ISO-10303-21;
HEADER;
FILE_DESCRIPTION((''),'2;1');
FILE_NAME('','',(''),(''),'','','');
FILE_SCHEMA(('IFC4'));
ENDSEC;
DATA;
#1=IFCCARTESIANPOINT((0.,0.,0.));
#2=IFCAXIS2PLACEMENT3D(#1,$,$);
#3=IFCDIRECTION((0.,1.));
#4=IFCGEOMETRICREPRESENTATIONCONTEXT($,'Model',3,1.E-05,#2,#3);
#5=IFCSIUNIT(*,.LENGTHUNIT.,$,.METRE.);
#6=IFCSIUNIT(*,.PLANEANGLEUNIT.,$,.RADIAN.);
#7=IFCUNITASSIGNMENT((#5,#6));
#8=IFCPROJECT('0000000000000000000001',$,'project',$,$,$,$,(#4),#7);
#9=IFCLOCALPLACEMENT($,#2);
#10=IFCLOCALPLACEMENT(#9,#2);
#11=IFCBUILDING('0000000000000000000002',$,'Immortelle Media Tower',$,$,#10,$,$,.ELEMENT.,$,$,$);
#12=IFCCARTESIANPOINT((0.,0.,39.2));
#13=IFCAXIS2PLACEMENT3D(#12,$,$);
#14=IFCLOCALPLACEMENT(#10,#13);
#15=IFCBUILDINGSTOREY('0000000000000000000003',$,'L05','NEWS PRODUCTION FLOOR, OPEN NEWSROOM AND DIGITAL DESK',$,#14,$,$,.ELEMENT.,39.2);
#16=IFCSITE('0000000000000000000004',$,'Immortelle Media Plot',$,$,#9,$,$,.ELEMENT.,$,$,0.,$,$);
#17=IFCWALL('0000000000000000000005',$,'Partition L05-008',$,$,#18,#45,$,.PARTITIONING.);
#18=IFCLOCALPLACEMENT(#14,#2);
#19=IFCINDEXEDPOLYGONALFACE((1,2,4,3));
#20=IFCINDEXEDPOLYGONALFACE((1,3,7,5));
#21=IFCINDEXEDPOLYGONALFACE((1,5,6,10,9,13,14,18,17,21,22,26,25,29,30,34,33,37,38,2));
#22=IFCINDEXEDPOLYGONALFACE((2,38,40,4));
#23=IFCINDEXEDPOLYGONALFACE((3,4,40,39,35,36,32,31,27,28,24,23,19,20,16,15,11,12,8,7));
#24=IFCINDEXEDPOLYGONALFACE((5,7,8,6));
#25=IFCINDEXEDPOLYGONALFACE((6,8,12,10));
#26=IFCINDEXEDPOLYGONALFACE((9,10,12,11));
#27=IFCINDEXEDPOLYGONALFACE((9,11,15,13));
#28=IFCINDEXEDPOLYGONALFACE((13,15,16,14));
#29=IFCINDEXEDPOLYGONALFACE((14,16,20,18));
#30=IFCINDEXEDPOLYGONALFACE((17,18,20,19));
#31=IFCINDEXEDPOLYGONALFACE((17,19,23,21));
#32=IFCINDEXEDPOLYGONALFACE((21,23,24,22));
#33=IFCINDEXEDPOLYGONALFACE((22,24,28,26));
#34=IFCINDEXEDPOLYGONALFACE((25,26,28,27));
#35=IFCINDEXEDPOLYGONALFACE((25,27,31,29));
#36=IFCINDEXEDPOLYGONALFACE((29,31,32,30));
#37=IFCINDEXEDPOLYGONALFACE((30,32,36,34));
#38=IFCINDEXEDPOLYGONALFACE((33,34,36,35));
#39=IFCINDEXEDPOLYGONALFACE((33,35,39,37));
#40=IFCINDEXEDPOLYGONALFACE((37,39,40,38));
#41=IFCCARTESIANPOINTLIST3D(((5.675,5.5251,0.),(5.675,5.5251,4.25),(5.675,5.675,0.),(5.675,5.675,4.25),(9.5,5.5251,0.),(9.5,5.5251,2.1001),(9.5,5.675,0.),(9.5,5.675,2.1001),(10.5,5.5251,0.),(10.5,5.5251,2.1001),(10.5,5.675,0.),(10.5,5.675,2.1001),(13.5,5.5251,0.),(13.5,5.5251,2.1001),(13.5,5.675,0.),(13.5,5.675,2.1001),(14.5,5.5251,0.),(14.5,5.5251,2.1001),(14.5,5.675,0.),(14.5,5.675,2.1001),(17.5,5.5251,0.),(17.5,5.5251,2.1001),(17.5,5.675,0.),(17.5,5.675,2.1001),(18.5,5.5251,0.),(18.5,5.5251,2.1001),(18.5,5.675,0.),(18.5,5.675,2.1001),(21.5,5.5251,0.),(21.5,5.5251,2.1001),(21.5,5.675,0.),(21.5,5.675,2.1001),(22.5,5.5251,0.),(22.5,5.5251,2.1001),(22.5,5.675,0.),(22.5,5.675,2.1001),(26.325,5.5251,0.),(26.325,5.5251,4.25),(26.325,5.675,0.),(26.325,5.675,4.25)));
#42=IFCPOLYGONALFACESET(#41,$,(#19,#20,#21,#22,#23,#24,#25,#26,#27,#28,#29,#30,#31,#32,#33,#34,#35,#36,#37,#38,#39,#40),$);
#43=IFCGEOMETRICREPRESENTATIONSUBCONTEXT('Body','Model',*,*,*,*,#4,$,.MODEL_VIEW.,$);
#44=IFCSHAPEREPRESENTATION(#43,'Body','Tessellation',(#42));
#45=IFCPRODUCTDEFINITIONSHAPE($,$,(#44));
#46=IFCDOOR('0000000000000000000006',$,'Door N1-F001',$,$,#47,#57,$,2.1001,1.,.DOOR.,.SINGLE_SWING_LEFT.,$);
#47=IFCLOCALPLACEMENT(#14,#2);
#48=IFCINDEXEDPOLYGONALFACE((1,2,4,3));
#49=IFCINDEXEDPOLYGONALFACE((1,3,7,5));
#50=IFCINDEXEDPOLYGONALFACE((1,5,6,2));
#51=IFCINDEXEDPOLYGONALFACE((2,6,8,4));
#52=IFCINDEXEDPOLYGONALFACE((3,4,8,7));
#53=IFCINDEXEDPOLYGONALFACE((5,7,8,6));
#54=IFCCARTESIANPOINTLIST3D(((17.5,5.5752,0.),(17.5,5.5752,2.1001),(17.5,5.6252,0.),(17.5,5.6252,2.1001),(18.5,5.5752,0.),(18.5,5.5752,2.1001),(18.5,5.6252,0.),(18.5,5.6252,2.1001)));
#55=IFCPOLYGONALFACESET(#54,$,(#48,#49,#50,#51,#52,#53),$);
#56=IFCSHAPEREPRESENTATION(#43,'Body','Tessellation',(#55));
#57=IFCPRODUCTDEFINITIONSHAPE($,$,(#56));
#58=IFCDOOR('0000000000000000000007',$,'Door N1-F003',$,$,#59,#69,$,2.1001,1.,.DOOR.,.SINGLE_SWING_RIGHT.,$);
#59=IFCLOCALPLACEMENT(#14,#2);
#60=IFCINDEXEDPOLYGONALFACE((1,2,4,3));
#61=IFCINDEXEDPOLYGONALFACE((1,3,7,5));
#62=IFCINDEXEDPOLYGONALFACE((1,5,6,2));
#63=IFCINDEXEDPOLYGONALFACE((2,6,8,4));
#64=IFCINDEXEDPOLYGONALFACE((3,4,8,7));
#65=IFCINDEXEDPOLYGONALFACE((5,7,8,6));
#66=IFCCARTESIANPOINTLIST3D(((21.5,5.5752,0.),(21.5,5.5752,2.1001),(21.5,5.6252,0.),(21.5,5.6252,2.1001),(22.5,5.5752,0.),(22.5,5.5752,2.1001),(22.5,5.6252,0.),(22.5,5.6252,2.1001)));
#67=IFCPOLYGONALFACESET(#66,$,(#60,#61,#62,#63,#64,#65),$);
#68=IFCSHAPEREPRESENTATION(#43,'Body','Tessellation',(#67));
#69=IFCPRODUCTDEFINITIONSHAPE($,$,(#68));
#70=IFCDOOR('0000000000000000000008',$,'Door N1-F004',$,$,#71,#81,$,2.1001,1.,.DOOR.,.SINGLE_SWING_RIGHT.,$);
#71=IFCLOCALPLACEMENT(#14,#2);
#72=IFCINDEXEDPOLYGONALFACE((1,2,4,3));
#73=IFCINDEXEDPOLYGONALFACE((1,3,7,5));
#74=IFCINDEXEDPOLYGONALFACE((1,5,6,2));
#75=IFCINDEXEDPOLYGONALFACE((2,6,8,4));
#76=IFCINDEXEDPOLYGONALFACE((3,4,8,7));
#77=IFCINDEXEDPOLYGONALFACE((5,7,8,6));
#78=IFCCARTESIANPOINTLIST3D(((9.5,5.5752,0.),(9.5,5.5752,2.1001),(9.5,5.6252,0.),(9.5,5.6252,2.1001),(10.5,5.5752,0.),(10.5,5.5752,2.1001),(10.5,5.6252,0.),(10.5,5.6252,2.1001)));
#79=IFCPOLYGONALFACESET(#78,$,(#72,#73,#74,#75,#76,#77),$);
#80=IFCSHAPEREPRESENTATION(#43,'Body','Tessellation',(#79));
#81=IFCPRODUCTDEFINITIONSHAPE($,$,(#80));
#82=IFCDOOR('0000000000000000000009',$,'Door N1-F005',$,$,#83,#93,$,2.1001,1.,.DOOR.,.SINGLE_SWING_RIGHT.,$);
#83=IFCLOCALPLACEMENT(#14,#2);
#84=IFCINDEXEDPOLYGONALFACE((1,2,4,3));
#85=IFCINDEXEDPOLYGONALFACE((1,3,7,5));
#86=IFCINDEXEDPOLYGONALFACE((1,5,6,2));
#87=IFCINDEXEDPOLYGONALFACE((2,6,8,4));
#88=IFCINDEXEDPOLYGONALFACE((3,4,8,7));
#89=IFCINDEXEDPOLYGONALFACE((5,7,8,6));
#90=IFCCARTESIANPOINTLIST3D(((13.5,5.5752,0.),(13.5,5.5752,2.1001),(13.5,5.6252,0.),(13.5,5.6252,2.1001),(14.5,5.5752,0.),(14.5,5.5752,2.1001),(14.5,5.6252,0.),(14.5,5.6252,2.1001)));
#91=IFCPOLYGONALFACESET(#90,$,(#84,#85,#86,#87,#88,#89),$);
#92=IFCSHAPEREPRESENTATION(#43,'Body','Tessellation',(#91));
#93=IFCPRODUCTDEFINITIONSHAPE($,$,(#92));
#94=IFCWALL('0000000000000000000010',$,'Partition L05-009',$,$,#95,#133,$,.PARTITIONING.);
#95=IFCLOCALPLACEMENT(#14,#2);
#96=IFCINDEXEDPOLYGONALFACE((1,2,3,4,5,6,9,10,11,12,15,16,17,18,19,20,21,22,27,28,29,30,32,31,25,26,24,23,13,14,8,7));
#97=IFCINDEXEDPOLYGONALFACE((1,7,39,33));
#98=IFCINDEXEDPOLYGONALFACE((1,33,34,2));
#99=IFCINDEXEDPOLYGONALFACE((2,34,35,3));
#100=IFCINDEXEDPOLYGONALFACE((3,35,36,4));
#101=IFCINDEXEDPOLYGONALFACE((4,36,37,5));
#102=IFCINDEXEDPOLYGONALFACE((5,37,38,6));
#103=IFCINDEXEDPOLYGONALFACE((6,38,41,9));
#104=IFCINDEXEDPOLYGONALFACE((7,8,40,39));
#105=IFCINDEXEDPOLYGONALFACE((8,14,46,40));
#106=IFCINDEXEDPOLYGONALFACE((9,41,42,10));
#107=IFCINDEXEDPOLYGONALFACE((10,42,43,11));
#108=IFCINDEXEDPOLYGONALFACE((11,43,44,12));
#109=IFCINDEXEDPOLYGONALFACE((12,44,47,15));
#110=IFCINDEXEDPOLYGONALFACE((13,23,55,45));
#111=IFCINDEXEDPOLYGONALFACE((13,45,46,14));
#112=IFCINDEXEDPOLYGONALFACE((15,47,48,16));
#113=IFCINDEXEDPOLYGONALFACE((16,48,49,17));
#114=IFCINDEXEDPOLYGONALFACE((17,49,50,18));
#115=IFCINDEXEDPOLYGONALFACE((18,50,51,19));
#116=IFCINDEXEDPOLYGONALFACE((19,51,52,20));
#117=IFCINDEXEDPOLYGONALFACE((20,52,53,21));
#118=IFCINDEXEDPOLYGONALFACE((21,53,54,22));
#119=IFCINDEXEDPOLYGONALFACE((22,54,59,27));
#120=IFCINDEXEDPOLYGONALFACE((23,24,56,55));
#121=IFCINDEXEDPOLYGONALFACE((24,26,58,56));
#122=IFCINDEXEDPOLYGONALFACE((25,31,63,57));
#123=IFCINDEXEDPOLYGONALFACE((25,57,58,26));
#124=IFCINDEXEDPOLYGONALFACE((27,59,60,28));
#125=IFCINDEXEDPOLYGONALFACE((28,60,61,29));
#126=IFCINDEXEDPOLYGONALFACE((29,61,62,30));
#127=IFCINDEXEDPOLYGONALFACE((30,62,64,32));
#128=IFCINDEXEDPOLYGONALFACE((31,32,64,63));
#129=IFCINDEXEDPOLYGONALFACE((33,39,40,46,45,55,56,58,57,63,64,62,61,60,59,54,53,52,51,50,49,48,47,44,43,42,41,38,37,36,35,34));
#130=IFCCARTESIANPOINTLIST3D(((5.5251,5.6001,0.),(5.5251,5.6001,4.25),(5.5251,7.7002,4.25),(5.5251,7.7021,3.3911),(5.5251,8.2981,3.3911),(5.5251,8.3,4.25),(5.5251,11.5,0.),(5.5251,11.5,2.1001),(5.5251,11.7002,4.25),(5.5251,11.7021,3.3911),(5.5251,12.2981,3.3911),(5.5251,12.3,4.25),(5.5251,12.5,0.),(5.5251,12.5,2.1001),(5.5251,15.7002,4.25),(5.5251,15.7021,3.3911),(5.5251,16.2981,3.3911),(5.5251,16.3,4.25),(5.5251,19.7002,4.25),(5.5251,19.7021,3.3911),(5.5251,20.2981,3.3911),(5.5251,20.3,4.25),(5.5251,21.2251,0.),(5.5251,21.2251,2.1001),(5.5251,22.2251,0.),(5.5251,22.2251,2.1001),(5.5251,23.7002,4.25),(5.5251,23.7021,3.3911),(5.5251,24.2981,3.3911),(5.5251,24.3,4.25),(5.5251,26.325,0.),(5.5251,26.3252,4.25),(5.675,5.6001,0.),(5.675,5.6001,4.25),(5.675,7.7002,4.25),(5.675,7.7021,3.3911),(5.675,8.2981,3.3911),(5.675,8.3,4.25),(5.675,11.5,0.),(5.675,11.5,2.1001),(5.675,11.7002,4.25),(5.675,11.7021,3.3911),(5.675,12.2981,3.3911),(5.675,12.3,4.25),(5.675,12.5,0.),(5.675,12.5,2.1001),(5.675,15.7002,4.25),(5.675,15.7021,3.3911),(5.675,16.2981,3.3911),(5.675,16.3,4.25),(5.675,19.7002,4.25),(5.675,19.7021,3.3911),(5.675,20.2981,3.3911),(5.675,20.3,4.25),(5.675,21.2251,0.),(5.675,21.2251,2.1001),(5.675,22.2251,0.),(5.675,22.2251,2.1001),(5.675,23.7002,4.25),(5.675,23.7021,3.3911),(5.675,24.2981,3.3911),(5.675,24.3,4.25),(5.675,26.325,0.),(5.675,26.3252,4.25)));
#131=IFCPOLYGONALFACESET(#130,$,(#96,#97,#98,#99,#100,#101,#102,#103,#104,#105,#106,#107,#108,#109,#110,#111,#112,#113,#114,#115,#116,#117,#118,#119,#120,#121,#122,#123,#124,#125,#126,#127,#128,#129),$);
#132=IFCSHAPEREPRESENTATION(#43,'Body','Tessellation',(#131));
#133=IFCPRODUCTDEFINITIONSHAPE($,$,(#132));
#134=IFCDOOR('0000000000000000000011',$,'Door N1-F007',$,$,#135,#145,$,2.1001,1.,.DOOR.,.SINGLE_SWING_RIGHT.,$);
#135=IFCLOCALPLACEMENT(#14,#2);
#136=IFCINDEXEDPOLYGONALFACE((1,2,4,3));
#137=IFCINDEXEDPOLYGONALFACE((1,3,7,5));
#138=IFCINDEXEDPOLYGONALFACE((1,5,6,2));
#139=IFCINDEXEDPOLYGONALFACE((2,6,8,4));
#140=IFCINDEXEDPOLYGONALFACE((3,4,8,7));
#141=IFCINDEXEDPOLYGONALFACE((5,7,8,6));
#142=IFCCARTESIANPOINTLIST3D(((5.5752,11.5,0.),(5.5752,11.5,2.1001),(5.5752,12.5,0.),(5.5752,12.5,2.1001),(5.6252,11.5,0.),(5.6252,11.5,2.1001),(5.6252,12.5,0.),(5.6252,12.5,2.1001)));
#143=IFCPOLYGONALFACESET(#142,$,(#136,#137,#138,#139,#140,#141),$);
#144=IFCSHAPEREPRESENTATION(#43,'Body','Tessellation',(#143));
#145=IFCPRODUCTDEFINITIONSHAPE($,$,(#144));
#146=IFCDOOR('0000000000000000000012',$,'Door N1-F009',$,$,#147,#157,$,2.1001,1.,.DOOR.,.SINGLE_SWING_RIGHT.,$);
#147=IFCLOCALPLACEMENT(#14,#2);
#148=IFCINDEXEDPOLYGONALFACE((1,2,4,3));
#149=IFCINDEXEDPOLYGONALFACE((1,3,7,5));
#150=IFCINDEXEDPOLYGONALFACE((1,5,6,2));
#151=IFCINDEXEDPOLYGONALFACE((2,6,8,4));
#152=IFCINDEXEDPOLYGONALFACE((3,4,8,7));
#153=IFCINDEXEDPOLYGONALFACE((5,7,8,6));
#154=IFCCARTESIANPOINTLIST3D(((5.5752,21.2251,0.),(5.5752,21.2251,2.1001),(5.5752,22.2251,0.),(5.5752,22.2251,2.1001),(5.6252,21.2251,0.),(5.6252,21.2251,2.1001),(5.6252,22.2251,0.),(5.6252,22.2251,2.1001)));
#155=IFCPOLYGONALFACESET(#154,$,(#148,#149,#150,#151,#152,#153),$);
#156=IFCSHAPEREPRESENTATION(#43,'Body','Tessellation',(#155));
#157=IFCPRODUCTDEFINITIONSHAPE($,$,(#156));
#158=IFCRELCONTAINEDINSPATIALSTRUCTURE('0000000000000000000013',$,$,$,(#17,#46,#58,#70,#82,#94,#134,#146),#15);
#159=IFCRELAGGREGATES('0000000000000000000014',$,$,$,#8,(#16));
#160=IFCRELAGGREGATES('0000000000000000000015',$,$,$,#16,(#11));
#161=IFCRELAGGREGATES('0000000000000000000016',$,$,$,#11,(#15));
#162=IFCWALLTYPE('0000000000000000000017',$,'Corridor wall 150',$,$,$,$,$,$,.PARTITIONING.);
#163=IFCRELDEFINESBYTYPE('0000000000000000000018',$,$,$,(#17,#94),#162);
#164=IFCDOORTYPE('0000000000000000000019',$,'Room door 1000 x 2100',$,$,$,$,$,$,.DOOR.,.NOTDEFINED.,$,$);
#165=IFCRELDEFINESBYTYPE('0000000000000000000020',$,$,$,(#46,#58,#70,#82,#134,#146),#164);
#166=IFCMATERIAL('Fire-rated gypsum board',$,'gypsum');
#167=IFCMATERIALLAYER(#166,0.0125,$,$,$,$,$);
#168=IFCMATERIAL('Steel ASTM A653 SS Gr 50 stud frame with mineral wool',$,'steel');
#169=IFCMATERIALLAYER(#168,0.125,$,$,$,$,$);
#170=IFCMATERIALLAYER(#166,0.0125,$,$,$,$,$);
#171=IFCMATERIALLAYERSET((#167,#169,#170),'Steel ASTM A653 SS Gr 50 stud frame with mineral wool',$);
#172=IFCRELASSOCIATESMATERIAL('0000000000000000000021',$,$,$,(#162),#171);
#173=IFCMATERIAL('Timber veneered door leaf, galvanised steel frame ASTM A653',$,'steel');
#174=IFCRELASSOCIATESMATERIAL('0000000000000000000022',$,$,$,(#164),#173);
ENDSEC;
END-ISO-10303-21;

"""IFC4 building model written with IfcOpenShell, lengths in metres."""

from ifc_helpers import new_model, si_unit, direction, frame, frame_2d, origin, place, context, subcontext, project, spatial, polyline, rectangle, outline, extrude, material, layer, layer_set, type_object, element, fill, save


model = new_model("IFC4")

# Units and contexts
model_context = context("Model", 3, precision=1e-05, world=origin(), true_north=direction((0.0, 1.0)))
body_context = subcontext(model_context, "Body", "Model", "MODEL_VIEW")
ifc_project = project(units=[si_unit("LENGTHUNIT", "METRE"), si_unit("PLANEANGLEUNIT", "RADIAN")], contexts=[model_context])

# Site, building, storey
site_placement = place(None, origin())
site = spatial("IfcSite", under=ifc_project, at=site_placement, Name="Immortelle Media Plot", CompositionType="ELEMENT", RefElevation=0.0)
building_placement = place(site_placement, origin())
building = spatial("IfcBuilding", under=site, at=building_placement, Name="Immortelle Media Tower", CompositionType="ELEMENT")
storey_placement = place(building_placement, frame((0.0, 0.0, 39.2)))
storey = spatial("IfcBuildingStorey", under=building, at=storey_placement, Name="L05", Description="NEWS PRODUCTION FLOOR, OPEN NEWSROOM AND DIGITAL DESK", CompositionType="ELEMENT", Elevation=39.2)

# Walls, openings, doors
ifc_material_1 = material(Name="Fire-rated gypsum board", Category="gypsum")
ifc_layer_1 = layer(ifc_material_1, 0.0125)
ifc_material_2 = material(Name="Steel ASTM A653 SS Gr 50 stud frame with mineral wool", Category="steel")
ifc_layer_2 = layer(ifc_material_2, 0.125)
ifc_layer_3 = layer(ifc_material_1, 0.0125)
ifc_layer_set_1 = layer_set([ifc_layer_1, ifc_layer_2, ifc_layer_3], Name="Steel ASTM A653 SS Gr 50 stud frame with mineral wool")
wall_type_1 = type_object("IfcWallType", Name="Corridor wall 150", PredefinedType="PARTITIONING", material=ifc_layer_set_1)
wall_1_placement = place(storey_placement, frame((5.675, 5.6001, 0.0), z_axis=(0.0, 0.0, 1.0), x_axis=(1.0, 0.0, 0.0)))
wall_1 = element("IfcWall", 1, at=wall_1_placement, inside=storey, type_object=wall_type_1, Name="Partition L05-008", PredefinedType="PARTITIONING", context=body_context, shape_type="SweptSolid", body=[
    extrude(rectangle(XDim=20.6499, YDim=0.1499, at=frame_2d((10.325, 0.0))), origin(), (0.0, 0.0, 1.0), 4.25),
])
opening_1_placement = place(wall_1_placement, frame((12.825, 0.0, 0.0), z_axis=(0.0, 0.0, 1.0), x_axis=(-1.0, 0.0, 0.0)))
opening_1 = element("IfcOpeningElement", 2, at=opening_1_placement, cuts=wall_1, PredefinedType="OPENING", context=body_context, shape_type="SweptSolid", body=[
    extrude(rectangle(XDim=1.0, YDim=2.1001, at=frame_2d((0.5, 1.05))), frame((0.0, 0.085, 0.0), z_axis=(0.0, -1.0, 0.0), x_axis=(1.0, 0.0, 0.0)), (0.0, 0.0, 1.0), 0.1699),
])
opening_2_placement = place(wall_1_placement, frame((16.825, 0.0, 0.0), z_axis=(0.0, 0.0, 1.0), x_axis=(-1.0, 0.0, 0.0)))
opening_2 = element("IfcOpeningElement", 3, at=opening_2_placement, cuts=wall_1, PredefinedType="OPENING", context=body_context, shape_type="SweptSolid", body=[
    extrude(rectangle(XDim=1.0, YDim=2.1001, at=frame_2d((0.5, 1.05))), frame((0.0, 0.085, 0.0), z_axis=(0.0, -1.0, 0.0), x_axis=(1.0, 0.0, 0.0)), (0.0, 0.0, 1.0), 0.1699),
])
opening_3_placement = place(wall_1_placement, frame((4.825, 0.0, 0.0), z_axis=(0.0, 0.0, 1.0), x_axis=(-1.0, 0.0, 0.0)))
opening_3 = element("IfcOpeningElement", 4, at=opening_3_placement, cuts=wall_1, PredefinedType="OPENING", context=body_context, shape_type="SweptSolid", body=[
    extrude(rectangle(XDim=1.0, YDim=2.1001, at=frame_2d((0.5, 1.05))), frame((0.0, 0.085, 0.0), z_axis=(0.0, -1.0, 0.0), x_axis=(1.0, 0.0, 0.0)), (0.0, 0.0, 1.0), 0.1699),
])
opening_4_placement = place(wall_1_placement, frame((8.825, 0.0, 0.0), z_axis=(0.0, 0.0, 1.0), x_axis=(-1.0, 0.0, 0.0)))
opening_4 = element("IfcOpeningElement", 5, at=opening_4_placement, cuts=wall_1, PredefinedType="OPENING", context=body_context, shape_type="SweptSolid", body=[
    extrude(rectangle(XDim=1.0, YDim=2.1001, at=frame_2d((0.5, 1.05))), frame((0.0, 0.085, 0.0), z_axis=(0.0, -1.0, 0.0), x_axis=(1.0, 0.0, 0.0)), (0.0, 0.0, 1.0), 0.1699),
])
ifc_material_3 = material(Name="Timber veneered door leaf, galvanised steel frame ASTM A653", Category="steel")
door_type_1 = type_object("IfcDoorType", Name="Room door 1000 x 2100", OperationType="NOTDEFINED", PredefinedType="DOOR", material=ifc_material_3)
door_1_placement = place(opening_1_placement, origin())
door_1 = element("IfcDoor", 6, at=door_1_placement, inside=storey, type_object=door_type_1, Name="Door N1-F001", OperationType="SINGLE_SWING_LEFT", OverallHeight=2.1001, OverallWidth=1.0, PredefinedType="DOOR", context=body_context, shape_type="SweptSolid", body=[
    extrude(rectangle(XDim=1.0, YDim=2.1001, at=frame_2d((0.5, 1.05))), frame((0.0, 0.0249, 0.0), z_axis=(0.0, -1.0, 0.0), x_axis=(1.0, 0.0, 0.0)), (0.0, 0.0, 1.0), 0.05),
])
fill(opening_1, door_1)
door_2_placement = place(opening_2_placement, origin())
door_2 = element("IfcDoor", 7, at=door_2_placement, inside=storey, type_object=door_type_1, Name="Door N1-F003", OperationType="SINGLE_SWING_RIGHT", OverallHeight=2.1001, OverallWidth=1.0, PredefinedType="DOOR", context=body_context, shape_type="SweptSolid", body=[
    extrude(rectangle(XDim=1.0, YDim=2.1001, at=frame_2d((0.5, 1.05))), frame((0.0, 0.0249, 0.0), z_axis=(0.0, -1.0, 0.0), x_axis=(1.0, 0.0, 0.0)), (0.0, 0.0, 1.0), 0.05),
])
fill(opening_2, door_2)
door_3_placement = place(opening_3_placement, origin())
door_3 = element("IfcDoor", 8, at=door_3_placement, inside=storey, type_object=door_type_1, Name="Door N1-F004", OperationType="SINGLE_SWING_RIGHT", OverallHeight=2.1001, OverallWidth=1.0, PredefinedType="DOOR", context=body_context, shape_type="SweptSolid", body=[
    extrude(rectangle(XDim=1.0, YDim=2.1001, at=frame_2d((0.5, 1.05))), frame((0.0, 0.0249, 0.0), z_axis=(0.0, -1.0, 0.0), x_axis=(1.0, 0.0, 0.0)), (0.0, 0.0, 1.0), 0.05),
])
fill(opening_3, door_3)
door_4_placement = place(opening_4_placement, origin())
door_4 = element("IfcDoor", 9, at=door_4_placement, inside=storey, type_object=door_type_1, Name="Door N1-F005", OperationType="SINGLE_SWING_RIGHT", OverallHeight=2.1001, OverallWidth=1.0, PredefinedType="DOOR", context=body_context, shape_type="SweptSolid", body=[
    extrude(rectangle(XDim=1.0, YDim=2.1001, at=frame_2d((0.5, 1.05))), frame((0.0, 0.0249, 0.0), z_axis=(0.0, -1.0, 0.0), x_axis=(1.0, 0.0, 0.0)), (0.0, 0.0, 1.0), 0.05),
])
fill(opening_4, door_4)
wall_2_placement = place(storey_placement, frame((5.6001, 5.6001, 0.0), z_axis=(0.0, 0.0, 1.0), x_axis=(0.0, 1.0, 0.0)))
wall_2 = element("IfcWall", 10, at=wall_2_placement, inside=storey, type_object=wall_type_1, Name="Partition L05-009", PredefinedType="PARTITIONING", context=body_context, shape_type="SweptSolid", body=[
    extrude(outline(polyline([(0.0, 0.0), (20.7249, 0.0), (20.7251, 4.25), (18.7, 4.25), (18.698, 3.3911), (18.1021, 3.3911), (18.1001, 4.25), (14.7, 4.25), (14.698, 3.3911), (14.1021, 3.3911), (14.1001, 4.25), (10.7, 4.25), (10.698, 3.3911), (10.1021, 3.3911), (10.1001, 4.25), (6.7, 4.25), (6.698, 3.3911), (6.1021, 3.3911), (6.1001, 4.25), (2.7, 4.25), (2.698, 3.3911), (2.1021, 3.3911), (2.1001, 4.25), (0.0, 4.25), (0.0, 0.0)])), frame((0.0, 0.075, 0.0), z_axis=(0.0, -1.0, 0.0), x_axis=(1.0, 0.0, 0.0)), (0.0, 0.0, 1.0), 0.1499),
])
opening_5_placement = place(wall_2_placement, frame((5.8999, 0.0, 0.0)))
opening_5 = element("IfcOpeningElement", 11, at=opening_5_placement, cuts=wall_2, PredefinedType="OPENING", context=body_context, shape_type="SweptSolid", body=[
    extrude(rectangle(XDim=1.0, YDim=2.1001, at=frame_2d((0.5, 1.05))), frame((0.0, 0.085, 0.0), z_axis=(0.0, -1.0, 0.0), x_axis=(1.0, 0.0, 0.0)), (0.0, 0.0, 1.0), 0.1699),
])
opening_6_placement = place(wall_2_placement, frame((15.625, 0.0, 0.0)))
opening_6 = element("IfcOpeningElement", 12, at=opening_6_placement, cuts=wall_2, PredefinedType="OPENING", context=body_context, shape_type="SweptSolid", body=[
    extrude(rectangle(XDim=1.0, YDim=2.1001, at=frame_2d((0.5, 1.05))), frame((0.0, 0.085, 0.0), z_axis=(0.0, -1.0, 0.0), x_axis=(1.0, 0.0, 0.0)), (0.0, 0.0, 1.0), 0.1699),
])
door_5_placement = place(opening_5_placement, origin())
door_5 = element("IfcDoor", 13, at=door_5_placement, inside=storey, type_object=door_type_1, Name="Door N1-F007", OperationType="SINGLE_SWING_RIGHT", OverallHeight=2.1001, OverallWidth=1.0, PredefinedType="DOOR", context=body_context, shape_type="SweptSolid", body=[
    extrude(rectangle(XDim=1.0, YDim=2.1001, at=frame_2d((0.5, 1.05))), frame((0.0, 0.0249, 0.0), z_axis=(0.0, -1.0, 0.0), x_axis=(1.0, 0.0, 0.0)), (0.0, 0.0, 1.0), 0.05),
])
fill(opening_5, door_5)
door_6_placement = place(opening_6_placement, origin())
door_6 = element("IfcDoor", 14, at=door_6_placement, inside=storey, type_object=door_type_1, Name="Door N1-F009", OperationType="SINGLE_SWING_RIGHT", OverallHeight=2.1001, OverallWidth=1.0, PredefinedType="DOOR", context=body_context, shape_type="SweptSolid", body=[
    extrude(rectangle(XDim=1.0, YDim=2.1001, at=frame_2d((0.5, 1.05))), frame((0.0, 0.0249, 0.0), z_axis=(0.0, -1.0, 0.0), x_axis=(1.0, 0.0, 0.0)), (0.0, 0.0, 1.0), 0.05),
])
fill(opening_6, door_6)

save(model, "model.ifc")
